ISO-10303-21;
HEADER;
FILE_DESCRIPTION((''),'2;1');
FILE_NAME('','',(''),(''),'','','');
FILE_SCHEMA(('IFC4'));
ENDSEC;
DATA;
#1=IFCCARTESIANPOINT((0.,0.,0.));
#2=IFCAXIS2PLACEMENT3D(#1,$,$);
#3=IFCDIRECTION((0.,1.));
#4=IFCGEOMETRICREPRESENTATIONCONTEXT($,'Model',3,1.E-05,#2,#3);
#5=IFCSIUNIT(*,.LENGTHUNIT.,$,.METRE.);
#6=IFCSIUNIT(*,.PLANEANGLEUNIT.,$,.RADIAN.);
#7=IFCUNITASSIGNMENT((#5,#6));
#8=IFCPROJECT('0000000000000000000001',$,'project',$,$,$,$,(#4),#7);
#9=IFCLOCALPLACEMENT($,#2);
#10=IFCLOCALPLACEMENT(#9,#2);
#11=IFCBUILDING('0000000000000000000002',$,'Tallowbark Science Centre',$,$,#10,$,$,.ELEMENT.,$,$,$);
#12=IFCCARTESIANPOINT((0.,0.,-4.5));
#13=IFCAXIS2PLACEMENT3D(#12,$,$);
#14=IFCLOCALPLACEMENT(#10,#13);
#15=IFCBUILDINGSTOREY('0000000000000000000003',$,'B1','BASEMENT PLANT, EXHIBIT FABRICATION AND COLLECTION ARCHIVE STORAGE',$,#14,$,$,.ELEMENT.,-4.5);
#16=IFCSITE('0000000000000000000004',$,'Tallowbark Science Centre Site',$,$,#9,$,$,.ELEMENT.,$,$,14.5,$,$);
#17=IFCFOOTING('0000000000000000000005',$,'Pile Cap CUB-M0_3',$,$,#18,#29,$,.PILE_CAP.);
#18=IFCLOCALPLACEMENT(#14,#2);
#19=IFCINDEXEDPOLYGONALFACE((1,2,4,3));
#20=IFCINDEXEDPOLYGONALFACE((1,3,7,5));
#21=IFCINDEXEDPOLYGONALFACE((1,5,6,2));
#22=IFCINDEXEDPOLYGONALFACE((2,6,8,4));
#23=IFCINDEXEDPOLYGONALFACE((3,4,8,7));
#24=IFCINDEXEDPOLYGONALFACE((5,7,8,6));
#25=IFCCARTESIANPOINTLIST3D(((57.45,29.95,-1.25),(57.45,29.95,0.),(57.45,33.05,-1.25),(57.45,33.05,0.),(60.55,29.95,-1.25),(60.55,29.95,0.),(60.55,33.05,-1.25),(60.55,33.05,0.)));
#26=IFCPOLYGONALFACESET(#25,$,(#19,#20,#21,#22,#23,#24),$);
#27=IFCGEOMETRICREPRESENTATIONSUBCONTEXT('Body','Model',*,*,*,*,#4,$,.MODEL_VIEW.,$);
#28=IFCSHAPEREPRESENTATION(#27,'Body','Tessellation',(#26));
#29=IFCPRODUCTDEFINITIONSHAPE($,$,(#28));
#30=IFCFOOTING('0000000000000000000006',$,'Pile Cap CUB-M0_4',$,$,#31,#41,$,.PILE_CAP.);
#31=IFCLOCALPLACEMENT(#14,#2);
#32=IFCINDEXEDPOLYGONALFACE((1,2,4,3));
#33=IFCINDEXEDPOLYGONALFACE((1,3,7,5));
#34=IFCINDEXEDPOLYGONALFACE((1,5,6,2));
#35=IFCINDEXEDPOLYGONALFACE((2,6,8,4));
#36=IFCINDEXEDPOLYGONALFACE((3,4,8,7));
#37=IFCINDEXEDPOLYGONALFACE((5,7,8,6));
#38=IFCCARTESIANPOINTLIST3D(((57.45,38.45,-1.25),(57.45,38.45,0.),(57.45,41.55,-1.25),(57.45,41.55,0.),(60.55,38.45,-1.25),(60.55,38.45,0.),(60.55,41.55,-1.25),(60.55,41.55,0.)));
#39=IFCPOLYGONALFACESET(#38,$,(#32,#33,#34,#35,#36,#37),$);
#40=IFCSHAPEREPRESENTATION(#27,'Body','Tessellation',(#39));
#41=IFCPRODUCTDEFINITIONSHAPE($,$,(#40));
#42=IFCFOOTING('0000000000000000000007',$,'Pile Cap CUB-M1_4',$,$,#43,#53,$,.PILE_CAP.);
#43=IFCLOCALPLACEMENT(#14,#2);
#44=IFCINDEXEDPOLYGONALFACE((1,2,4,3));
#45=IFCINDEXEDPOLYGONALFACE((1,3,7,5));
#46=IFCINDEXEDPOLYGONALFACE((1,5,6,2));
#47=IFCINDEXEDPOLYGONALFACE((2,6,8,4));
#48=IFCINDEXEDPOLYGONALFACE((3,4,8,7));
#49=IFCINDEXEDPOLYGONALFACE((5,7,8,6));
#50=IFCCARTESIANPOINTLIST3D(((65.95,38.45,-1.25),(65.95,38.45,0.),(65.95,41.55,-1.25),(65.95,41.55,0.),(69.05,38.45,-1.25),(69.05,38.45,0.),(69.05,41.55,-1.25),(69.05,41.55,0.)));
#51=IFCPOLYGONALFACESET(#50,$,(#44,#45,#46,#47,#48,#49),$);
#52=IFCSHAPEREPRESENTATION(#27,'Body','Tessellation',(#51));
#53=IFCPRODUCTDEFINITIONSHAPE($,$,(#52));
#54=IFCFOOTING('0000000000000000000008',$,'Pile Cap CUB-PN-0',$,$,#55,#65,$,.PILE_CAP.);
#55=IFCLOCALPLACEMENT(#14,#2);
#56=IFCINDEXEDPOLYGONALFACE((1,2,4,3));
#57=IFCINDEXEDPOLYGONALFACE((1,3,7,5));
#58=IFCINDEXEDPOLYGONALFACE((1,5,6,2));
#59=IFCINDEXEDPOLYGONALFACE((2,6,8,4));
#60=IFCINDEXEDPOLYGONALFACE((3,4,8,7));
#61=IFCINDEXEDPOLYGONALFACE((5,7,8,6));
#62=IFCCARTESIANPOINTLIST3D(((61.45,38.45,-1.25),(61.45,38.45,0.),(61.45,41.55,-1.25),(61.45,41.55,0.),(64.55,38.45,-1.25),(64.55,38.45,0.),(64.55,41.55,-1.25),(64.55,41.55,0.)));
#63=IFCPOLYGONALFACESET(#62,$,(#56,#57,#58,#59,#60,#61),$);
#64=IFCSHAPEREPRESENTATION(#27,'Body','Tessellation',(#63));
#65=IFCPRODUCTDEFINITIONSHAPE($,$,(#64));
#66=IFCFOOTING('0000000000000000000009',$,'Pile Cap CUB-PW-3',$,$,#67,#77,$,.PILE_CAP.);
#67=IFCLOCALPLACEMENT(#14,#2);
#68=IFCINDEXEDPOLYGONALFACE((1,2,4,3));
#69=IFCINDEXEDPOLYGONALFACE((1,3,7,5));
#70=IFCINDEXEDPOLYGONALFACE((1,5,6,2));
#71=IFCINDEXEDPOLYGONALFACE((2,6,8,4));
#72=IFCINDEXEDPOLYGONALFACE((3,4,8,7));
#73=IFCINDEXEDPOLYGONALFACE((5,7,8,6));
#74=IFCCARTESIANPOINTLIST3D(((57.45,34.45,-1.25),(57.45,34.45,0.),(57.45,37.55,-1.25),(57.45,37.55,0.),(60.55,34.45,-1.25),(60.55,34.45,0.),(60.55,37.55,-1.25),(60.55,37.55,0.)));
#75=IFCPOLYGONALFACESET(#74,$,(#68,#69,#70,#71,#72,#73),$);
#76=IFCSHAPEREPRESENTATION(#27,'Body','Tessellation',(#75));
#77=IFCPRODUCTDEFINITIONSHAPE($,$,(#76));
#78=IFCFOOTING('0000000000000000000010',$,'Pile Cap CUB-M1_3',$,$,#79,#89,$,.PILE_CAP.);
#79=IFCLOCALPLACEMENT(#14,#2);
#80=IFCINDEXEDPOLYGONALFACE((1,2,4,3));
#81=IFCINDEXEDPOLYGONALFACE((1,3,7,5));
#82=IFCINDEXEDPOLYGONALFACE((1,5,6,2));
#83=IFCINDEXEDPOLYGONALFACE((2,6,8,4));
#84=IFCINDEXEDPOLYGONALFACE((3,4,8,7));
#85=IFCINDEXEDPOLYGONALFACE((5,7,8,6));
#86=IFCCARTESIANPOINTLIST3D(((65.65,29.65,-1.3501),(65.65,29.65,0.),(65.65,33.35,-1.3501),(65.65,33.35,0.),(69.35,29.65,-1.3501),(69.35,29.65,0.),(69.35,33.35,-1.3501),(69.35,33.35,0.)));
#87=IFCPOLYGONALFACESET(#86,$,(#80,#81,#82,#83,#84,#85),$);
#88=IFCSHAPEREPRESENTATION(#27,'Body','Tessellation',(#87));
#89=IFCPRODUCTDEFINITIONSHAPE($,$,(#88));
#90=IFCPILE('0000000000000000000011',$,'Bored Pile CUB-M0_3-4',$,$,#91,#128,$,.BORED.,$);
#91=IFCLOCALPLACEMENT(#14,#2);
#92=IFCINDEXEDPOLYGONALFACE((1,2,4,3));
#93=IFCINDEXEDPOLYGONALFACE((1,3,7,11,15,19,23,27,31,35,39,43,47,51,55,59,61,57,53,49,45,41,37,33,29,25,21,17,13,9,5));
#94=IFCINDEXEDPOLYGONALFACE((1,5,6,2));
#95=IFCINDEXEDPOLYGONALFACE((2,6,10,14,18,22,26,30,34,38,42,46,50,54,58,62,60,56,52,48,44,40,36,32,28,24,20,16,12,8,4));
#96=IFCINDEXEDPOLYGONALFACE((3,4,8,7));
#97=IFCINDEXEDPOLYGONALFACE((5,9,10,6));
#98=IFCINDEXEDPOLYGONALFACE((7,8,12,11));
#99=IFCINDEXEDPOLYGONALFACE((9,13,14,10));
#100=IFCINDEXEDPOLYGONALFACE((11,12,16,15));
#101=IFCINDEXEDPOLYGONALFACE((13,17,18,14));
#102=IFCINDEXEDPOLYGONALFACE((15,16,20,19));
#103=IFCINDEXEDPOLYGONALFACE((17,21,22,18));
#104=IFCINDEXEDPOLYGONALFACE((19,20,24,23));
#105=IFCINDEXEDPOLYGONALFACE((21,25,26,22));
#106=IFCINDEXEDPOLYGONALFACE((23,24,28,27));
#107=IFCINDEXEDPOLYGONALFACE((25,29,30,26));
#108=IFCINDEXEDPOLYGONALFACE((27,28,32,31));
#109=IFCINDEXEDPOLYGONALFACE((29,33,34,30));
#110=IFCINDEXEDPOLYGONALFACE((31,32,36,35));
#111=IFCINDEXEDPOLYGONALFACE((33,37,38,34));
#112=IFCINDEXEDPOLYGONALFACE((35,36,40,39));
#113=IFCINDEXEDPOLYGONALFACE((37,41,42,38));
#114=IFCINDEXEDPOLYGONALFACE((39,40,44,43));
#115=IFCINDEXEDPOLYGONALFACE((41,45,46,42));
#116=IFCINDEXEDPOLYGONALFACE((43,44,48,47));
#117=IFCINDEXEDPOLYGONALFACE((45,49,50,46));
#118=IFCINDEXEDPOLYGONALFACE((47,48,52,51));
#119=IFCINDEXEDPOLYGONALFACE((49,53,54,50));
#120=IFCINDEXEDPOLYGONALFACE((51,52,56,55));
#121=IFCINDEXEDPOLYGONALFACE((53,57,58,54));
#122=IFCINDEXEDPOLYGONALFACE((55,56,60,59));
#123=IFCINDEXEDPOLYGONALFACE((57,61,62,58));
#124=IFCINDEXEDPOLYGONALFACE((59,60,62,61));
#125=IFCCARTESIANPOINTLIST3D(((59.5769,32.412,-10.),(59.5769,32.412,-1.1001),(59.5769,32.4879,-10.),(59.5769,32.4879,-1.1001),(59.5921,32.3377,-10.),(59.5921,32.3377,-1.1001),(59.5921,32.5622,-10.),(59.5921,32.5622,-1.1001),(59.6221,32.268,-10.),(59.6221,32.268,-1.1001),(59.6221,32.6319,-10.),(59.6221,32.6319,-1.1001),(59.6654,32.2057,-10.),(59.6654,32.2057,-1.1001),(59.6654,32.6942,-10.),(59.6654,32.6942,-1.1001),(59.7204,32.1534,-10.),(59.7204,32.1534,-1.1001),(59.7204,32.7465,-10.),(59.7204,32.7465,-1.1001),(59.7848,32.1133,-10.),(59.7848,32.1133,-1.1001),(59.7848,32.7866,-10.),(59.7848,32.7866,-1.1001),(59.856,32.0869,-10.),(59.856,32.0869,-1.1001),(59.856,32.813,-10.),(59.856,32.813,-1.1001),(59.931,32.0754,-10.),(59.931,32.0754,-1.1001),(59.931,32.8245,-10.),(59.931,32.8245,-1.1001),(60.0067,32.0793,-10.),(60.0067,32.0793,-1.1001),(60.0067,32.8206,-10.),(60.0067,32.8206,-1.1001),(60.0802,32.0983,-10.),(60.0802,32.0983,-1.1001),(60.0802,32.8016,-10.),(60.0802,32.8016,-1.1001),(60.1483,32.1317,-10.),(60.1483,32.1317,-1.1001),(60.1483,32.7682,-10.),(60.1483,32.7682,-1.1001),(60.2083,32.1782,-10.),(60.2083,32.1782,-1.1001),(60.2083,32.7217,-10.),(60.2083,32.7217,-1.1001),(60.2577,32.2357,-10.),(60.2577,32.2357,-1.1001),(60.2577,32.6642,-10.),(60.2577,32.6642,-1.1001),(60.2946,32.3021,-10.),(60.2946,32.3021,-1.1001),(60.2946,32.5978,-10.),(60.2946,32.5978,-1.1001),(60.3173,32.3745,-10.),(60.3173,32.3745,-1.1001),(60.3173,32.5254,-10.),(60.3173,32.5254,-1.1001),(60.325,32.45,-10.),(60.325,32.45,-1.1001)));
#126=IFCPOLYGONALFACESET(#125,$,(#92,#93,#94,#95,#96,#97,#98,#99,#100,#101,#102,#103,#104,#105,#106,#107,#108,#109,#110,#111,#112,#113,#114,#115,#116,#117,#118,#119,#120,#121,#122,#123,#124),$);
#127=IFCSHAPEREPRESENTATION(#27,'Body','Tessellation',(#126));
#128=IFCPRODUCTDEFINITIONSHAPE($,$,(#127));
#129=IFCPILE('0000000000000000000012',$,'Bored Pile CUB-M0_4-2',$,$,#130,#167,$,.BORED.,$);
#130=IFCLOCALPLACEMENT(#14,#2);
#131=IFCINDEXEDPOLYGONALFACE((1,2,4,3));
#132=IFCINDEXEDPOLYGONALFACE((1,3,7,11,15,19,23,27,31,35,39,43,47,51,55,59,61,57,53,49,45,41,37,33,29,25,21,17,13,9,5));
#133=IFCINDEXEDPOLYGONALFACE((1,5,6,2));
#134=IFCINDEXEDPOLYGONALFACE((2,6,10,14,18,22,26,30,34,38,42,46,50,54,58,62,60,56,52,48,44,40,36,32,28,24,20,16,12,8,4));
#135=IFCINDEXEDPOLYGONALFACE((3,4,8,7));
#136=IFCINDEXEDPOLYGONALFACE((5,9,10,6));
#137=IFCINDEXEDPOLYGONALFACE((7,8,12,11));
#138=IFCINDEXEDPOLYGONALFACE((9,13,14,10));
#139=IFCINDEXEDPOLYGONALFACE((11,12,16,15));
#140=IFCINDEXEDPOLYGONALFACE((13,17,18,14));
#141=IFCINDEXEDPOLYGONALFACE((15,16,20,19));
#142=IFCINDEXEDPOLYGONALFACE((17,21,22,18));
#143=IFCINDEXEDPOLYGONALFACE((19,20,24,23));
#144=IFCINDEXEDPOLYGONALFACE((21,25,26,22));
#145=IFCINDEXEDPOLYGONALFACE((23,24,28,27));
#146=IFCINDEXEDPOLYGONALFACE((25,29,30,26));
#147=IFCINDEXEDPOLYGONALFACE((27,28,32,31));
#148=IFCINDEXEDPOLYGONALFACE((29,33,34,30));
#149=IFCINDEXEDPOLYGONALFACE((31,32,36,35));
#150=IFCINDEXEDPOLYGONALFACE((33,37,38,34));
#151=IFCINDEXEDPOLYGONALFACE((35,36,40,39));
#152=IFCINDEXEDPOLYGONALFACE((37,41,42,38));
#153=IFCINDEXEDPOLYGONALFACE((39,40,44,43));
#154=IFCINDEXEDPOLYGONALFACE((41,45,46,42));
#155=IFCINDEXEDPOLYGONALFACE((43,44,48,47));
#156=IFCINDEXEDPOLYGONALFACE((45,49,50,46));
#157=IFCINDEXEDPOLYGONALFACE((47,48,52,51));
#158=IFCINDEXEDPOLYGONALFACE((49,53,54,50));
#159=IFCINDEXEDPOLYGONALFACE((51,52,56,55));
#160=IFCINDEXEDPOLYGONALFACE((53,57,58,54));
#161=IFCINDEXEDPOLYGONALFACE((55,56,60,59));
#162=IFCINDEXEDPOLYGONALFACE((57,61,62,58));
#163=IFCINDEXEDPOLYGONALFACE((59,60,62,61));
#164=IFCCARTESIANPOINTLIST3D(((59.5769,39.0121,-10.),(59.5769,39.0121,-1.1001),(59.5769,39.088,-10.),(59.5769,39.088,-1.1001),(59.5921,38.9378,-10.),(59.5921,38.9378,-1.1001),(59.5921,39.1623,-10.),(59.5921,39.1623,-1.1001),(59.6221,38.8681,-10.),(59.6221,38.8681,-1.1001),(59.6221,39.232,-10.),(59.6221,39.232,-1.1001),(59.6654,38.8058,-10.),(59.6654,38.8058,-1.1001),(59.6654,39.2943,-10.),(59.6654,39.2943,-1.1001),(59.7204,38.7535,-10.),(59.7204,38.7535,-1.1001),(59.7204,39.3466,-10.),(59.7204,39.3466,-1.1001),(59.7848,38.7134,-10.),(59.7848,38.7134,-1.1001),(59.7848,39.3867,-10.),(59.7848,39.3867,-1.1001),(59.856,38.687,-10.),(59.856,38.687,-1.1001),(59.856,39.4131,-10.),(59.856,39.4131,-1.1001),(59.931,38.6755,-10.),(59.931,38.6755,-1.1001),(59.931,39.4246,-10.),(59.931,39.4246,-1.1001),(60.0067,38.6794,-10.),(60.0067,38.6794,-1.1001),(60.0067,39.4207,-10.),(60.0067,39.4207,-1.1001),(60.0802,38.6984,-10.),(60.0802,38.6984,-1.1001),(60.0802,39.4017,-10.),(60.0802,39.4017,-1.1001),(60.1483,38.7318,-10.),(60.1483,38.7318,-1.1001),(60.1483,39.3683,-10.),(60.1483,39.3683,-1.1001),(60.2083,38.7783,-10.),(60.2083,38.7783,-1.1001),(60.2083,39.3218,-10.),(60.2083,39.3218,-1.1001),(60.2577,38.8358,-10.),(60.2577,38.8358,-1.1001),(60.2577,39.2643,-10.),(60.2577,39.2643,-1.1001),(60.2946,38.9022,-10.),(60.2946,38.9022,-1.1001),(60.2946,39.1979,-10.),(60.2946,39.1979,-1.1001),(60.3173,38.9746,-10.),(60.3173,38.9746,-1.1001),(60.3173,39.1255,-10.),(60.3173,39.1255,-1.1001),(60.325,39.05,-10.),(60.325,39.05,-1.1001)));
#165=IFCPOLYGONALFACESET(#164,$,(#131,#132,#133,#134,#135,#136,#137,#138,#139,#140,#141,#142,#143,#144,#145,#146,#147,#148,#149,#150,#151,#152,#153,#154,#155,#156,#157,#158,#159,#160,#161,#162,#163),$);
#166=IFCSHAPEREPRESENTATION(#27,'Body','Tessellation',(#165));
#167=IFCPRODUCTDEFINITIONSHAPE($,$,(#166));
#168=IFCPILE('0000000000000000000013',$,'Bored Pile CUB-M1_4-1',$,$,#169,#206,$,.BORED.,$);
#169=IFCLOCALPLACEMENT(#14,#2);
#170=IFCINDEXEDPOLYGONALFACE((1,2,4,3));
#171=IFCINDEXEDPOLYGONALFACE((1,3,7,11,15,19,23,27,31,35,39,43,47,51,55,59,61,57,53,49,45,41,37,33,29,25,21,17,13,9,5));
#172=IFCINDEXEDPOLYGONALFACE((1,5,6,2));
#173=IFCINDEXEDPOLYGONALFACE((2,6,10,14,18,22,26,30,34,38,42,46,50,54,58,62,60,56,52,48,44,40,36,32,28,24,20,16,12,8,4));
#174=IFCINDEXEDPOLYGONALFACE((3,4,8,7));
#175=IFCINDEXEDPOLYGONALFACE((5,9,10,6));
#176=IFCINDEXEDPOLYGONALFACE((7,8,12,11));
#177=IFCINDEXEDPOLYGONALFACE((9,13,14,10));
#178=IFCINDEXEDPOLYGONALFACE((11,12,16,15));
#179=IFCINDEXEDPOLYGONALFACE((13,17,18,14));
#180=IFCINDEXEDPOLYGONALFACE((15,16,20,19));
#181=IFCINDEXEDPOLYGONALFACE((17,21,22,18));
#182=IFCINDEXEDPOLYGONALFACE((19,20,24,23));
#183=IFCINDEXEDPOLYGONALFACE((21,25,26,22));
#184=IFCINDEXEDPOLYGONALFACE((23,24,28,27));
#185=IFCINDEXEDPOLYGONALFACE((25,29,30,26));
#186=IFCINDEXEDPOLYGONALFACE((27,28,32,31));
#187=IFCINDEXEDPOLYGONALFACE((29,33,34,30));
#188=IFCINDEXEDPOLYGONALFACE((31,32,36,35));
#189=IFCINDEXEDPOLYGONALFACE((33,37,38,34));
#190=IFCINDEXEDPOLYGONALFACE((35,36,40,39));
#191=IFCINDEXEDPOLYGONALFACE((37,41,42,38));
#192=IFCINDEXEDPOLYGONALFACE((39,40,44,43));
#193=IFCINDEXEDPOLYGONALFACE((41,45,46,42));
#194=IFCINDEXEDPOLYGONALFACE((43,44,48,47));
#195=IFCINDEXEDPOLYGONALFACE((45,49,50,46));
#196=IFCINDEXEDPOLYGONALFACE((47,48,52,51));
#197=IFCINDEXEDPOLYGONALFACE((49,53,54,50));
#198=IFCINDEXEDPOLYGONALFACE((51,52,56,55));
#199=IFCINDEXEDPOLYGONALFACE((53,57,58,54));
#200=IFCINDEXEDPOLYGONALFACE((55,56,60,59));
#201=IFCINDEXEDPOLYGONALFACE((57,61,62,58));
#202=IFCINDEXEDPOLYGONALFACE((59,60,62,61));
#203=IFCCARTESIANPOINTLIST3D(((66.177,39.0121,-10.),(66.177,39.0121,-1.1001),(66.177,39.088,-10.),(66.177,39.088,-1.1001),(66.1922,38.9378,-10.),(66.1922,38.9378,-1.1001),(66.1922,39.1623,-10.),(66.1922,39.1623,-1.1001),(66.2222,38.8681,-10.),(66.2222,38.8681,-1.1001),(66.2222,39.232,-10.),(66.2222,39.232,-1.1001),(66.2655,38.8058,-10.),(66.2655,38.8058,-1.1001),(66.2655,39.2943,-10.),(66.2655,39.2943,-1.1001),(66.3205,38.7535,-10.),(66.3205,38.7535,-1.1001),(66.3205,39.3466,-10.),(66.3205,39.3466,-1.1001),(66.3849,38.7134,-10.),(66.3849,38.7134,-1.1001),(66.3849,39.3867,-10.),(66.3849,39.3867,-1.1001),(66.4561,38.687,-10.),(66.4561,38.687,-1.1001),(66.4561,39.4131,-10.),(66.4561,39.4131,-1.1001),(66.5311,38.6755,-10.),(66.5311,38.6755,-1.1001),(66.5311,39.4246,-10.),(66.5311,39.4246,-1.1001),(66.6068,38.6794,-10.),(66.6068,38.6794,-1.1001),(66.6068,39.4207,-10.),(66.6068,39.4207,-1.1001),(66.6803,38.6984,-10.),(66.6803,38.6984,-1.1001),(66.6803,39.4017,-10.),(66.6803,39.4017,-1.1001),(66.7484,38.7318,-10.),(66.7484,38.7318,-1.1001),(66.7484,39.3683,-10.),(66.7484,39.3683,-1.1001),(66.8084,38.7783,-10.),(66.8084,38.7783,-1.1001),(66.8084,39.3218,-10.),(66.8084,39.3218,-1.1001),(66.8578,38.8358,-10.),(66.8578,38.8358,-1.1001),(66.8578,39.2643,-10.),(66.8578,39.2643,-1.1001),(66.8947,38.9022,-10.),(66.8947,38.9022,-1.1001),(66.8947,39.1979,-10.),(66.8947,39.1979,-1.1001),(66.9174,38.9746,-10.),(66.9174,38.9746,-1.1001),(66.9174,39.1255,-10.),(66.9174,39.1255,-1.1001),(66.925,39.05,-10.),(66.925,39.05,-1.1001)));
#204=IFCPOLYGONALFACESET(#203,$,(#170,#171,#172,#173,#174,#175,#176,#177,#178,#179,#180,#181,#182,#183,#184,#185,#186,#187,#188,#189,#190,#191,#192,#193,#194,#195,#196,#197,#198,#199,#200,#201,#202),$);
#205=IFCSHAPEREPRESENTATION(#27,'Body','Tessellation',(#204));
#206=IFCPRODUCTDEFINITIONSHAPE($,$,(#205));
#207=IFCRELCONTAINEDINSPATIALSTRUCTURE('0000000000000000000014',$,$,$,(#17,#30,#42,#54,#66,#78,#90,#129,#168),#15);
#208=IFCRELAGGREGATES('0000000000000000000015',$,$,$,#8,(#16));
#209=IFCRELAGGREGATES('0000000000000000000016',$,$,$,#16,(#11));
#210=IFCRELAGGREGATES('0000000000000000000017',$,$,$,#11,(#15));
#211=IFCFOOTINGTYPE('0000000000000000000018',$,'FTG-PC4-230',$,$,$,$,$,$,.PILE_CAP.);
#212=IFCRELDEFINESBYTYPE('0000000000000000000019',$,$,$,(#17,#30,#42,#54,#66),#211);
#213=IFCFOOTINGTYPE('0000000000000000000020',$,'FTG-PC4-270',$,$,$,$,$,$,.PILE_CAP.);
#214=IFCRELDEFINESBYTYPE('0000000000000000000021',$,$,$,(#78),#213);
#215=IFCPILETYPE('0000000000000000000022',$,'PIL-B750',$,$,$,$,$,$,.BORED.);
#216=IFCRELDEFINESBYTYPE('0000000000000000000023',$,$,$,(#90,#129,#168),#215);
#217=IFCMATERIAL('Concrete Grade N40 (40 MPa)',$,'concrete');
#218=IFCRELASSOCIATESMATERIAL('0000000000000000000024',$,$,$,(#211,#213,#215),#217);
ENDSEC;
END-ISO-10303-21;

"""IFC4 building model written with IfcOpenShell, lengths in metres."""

from ifc_helpers import new_model, si_unit, direction, frame, origin, origin_2d, place, context, subcontext, project, spatial, rectangle, circle, extrude, material, material_profile, profile_set, type_object, element, save


model = new_model("IFC4")

# Units and contexts
model_context = context("Model", 3, precision=1e-05, world=origin(), true_north=direction((0.0, 1.0)))
body_context = subcontext(model_context, "Body", "Model", "MODEL_VIEW")
ifc_project = project(units=[si_unit("LENGTHUNIT", "METRE"), si_unit("PLANEANGLEUNIT", "RADIAN")], contexts=[model_context])

# Site, building, storey
site_placement = place(None, origin())
site = spatial("IfcSite", under=ifc_project, at=site_placement, Name="Tallowbark Science Centre Site", CompositionType="ELEMENT", RefElevation=14.5)
building_placement = place(site_placement, origin())
building = spatial("IfcBuilding", under=site, at=building_placement, Name="Tallowbark Science Centre", CompositionType="ELEMENT")
storey_placement = place(building_placement, frame((0.0, 0.0, -4.5)))
storey = spatial("IfcBuildingStorey", under=building, at=storey_placement, Name="B1", Description="BASEMENT PLANT, EXHIBIT FABRICATION AND COLLECTION ARCHIVE STORAGE", CompositionType="ELEMENT", Elevation=-4.5)

# Footings
ifc_material_1 = material(Name="Concrete Grade N40 (40 MPa)", Category="concrete")
footing_type_1 = type_object("IfcFootingType", Name="FTG-PC4-230", PredefinedType="PILE_CAP", material=ifc_material_1)
for number, where, z_axis, x_axis, name in (
    (1, (59.0, 31.5, -1.25), (0.0, 0.0, 1.0), (1.0, 0.0, 0.0), "Pile Cap CUB-M0_3"),
    (2, (59.0, 40.0, -1.25), (0.0, 0.0, 1.0), (1.0, 0.0, 0.0), "Pile Cap CUB-M0_4"),
    (3, (67.5, 40.0, -1.25), (0.0, 0.0, 1.0), (1.0, 0.0, 0.0), "Pile Cap CUB-M1_4"),
    (4, (63.0, 40.0, -1.25), (0.0, 0.0, 1.0), (1.0, 0.0, 0.0), "Pile Cap CUB-PN-0"),
    (5, (59.0, 36.0, -1.25), (0.0, 0.0, 1.0), (1.0, 0.0, 0.0), "Pile Cap CUB-PW-3"),
):
    element("IfcFooting", number, at=place(storey_placement, frame(where, z_axis=z_axis, x_axis=x_axis)), inside=storey, type_object=footing_type_1, Name=name, PredefinedType="PILE_CAP", context=body_context, shape_type="SweptSolid", body=[
        extrude(rectangle(XDim=3.1001, YDim=3.1001, at=origin_2d()), origin(), (0.0, 0.0, 1.0), 1.25),
    ])
footing_type_2 = type_object("IfcFootingType", Name="FTG-PC4-270", PredefinedType="PILE_CAP", material=ifc_material_1)
footing_placement = place(storey_placement, frame((67.5, 31.5, -1.3501), z_axis=(0.0, 0.0, 1.0), x_axis=(1.0, 0.0, 0.0)))
element("IfcFooting", 6, at=footing_placement, inside=storey, type_object=footing_type_2, Name="Pile Cap CUB-M1_3", PredefinedType="PILE_CAP", context=body_context, shape_type="SweptSolid", body=[
    extrude(rectangle(XDim=3.7, YDim=3.7, at=origin_2d()), origin(), (0.0, 0.0, 1.0), 1.3501),
])

# Piles
ifc_material_profile_1 = material_profile(ifc_material_1, circle(Radius=0.375, at=origin_2d()), Name="PILE750")
ifc_profile_set_1 = profile_set([ifc_material_profile_1], Name="Concrete Grade N40 (40 MPa)")
pile_type_1 = type_object("IfcPileType", Name="PIL-B750", PredefinedType="BORED", material=ifc_profile_set_1)
for number, where, z_axis, x_axis, name in (
    (7, (59.95, 32.45, -1.1001), (0.0, 0.0, -1.0), (1.0, 0.0, 0.0), "Bored Pile CUB-M0_3-4"),
    (8, (59.95, 39.05, -1.1001), (0.0, 0.0, -1.0), (1.0, 0.0, 0.0), "Bored Pile CUB-M0_4-2"),
    (9, (66.55, 39.05, -1.1001), (0.0, 0.0, -1.0), (1.0, 0.0, 0.0), "Bored Pile CUB-M1_4-1"),
):
    element("IfcPile", number, at=place(storey_placement, frame(where, z_axis=z_axis, x_axis=x_axis)), inside=storey, type_object=pile_type_1, Name=name, PredefinedType="BORED", context=body_context, shape_type="SweptSolid", body=[
        extrude(circle(Radius=0.375, at=origin_2d()), origin(), (0.0, 0.0, 1.0), 8.8999),
    ])

save(model, "model.ifc")
